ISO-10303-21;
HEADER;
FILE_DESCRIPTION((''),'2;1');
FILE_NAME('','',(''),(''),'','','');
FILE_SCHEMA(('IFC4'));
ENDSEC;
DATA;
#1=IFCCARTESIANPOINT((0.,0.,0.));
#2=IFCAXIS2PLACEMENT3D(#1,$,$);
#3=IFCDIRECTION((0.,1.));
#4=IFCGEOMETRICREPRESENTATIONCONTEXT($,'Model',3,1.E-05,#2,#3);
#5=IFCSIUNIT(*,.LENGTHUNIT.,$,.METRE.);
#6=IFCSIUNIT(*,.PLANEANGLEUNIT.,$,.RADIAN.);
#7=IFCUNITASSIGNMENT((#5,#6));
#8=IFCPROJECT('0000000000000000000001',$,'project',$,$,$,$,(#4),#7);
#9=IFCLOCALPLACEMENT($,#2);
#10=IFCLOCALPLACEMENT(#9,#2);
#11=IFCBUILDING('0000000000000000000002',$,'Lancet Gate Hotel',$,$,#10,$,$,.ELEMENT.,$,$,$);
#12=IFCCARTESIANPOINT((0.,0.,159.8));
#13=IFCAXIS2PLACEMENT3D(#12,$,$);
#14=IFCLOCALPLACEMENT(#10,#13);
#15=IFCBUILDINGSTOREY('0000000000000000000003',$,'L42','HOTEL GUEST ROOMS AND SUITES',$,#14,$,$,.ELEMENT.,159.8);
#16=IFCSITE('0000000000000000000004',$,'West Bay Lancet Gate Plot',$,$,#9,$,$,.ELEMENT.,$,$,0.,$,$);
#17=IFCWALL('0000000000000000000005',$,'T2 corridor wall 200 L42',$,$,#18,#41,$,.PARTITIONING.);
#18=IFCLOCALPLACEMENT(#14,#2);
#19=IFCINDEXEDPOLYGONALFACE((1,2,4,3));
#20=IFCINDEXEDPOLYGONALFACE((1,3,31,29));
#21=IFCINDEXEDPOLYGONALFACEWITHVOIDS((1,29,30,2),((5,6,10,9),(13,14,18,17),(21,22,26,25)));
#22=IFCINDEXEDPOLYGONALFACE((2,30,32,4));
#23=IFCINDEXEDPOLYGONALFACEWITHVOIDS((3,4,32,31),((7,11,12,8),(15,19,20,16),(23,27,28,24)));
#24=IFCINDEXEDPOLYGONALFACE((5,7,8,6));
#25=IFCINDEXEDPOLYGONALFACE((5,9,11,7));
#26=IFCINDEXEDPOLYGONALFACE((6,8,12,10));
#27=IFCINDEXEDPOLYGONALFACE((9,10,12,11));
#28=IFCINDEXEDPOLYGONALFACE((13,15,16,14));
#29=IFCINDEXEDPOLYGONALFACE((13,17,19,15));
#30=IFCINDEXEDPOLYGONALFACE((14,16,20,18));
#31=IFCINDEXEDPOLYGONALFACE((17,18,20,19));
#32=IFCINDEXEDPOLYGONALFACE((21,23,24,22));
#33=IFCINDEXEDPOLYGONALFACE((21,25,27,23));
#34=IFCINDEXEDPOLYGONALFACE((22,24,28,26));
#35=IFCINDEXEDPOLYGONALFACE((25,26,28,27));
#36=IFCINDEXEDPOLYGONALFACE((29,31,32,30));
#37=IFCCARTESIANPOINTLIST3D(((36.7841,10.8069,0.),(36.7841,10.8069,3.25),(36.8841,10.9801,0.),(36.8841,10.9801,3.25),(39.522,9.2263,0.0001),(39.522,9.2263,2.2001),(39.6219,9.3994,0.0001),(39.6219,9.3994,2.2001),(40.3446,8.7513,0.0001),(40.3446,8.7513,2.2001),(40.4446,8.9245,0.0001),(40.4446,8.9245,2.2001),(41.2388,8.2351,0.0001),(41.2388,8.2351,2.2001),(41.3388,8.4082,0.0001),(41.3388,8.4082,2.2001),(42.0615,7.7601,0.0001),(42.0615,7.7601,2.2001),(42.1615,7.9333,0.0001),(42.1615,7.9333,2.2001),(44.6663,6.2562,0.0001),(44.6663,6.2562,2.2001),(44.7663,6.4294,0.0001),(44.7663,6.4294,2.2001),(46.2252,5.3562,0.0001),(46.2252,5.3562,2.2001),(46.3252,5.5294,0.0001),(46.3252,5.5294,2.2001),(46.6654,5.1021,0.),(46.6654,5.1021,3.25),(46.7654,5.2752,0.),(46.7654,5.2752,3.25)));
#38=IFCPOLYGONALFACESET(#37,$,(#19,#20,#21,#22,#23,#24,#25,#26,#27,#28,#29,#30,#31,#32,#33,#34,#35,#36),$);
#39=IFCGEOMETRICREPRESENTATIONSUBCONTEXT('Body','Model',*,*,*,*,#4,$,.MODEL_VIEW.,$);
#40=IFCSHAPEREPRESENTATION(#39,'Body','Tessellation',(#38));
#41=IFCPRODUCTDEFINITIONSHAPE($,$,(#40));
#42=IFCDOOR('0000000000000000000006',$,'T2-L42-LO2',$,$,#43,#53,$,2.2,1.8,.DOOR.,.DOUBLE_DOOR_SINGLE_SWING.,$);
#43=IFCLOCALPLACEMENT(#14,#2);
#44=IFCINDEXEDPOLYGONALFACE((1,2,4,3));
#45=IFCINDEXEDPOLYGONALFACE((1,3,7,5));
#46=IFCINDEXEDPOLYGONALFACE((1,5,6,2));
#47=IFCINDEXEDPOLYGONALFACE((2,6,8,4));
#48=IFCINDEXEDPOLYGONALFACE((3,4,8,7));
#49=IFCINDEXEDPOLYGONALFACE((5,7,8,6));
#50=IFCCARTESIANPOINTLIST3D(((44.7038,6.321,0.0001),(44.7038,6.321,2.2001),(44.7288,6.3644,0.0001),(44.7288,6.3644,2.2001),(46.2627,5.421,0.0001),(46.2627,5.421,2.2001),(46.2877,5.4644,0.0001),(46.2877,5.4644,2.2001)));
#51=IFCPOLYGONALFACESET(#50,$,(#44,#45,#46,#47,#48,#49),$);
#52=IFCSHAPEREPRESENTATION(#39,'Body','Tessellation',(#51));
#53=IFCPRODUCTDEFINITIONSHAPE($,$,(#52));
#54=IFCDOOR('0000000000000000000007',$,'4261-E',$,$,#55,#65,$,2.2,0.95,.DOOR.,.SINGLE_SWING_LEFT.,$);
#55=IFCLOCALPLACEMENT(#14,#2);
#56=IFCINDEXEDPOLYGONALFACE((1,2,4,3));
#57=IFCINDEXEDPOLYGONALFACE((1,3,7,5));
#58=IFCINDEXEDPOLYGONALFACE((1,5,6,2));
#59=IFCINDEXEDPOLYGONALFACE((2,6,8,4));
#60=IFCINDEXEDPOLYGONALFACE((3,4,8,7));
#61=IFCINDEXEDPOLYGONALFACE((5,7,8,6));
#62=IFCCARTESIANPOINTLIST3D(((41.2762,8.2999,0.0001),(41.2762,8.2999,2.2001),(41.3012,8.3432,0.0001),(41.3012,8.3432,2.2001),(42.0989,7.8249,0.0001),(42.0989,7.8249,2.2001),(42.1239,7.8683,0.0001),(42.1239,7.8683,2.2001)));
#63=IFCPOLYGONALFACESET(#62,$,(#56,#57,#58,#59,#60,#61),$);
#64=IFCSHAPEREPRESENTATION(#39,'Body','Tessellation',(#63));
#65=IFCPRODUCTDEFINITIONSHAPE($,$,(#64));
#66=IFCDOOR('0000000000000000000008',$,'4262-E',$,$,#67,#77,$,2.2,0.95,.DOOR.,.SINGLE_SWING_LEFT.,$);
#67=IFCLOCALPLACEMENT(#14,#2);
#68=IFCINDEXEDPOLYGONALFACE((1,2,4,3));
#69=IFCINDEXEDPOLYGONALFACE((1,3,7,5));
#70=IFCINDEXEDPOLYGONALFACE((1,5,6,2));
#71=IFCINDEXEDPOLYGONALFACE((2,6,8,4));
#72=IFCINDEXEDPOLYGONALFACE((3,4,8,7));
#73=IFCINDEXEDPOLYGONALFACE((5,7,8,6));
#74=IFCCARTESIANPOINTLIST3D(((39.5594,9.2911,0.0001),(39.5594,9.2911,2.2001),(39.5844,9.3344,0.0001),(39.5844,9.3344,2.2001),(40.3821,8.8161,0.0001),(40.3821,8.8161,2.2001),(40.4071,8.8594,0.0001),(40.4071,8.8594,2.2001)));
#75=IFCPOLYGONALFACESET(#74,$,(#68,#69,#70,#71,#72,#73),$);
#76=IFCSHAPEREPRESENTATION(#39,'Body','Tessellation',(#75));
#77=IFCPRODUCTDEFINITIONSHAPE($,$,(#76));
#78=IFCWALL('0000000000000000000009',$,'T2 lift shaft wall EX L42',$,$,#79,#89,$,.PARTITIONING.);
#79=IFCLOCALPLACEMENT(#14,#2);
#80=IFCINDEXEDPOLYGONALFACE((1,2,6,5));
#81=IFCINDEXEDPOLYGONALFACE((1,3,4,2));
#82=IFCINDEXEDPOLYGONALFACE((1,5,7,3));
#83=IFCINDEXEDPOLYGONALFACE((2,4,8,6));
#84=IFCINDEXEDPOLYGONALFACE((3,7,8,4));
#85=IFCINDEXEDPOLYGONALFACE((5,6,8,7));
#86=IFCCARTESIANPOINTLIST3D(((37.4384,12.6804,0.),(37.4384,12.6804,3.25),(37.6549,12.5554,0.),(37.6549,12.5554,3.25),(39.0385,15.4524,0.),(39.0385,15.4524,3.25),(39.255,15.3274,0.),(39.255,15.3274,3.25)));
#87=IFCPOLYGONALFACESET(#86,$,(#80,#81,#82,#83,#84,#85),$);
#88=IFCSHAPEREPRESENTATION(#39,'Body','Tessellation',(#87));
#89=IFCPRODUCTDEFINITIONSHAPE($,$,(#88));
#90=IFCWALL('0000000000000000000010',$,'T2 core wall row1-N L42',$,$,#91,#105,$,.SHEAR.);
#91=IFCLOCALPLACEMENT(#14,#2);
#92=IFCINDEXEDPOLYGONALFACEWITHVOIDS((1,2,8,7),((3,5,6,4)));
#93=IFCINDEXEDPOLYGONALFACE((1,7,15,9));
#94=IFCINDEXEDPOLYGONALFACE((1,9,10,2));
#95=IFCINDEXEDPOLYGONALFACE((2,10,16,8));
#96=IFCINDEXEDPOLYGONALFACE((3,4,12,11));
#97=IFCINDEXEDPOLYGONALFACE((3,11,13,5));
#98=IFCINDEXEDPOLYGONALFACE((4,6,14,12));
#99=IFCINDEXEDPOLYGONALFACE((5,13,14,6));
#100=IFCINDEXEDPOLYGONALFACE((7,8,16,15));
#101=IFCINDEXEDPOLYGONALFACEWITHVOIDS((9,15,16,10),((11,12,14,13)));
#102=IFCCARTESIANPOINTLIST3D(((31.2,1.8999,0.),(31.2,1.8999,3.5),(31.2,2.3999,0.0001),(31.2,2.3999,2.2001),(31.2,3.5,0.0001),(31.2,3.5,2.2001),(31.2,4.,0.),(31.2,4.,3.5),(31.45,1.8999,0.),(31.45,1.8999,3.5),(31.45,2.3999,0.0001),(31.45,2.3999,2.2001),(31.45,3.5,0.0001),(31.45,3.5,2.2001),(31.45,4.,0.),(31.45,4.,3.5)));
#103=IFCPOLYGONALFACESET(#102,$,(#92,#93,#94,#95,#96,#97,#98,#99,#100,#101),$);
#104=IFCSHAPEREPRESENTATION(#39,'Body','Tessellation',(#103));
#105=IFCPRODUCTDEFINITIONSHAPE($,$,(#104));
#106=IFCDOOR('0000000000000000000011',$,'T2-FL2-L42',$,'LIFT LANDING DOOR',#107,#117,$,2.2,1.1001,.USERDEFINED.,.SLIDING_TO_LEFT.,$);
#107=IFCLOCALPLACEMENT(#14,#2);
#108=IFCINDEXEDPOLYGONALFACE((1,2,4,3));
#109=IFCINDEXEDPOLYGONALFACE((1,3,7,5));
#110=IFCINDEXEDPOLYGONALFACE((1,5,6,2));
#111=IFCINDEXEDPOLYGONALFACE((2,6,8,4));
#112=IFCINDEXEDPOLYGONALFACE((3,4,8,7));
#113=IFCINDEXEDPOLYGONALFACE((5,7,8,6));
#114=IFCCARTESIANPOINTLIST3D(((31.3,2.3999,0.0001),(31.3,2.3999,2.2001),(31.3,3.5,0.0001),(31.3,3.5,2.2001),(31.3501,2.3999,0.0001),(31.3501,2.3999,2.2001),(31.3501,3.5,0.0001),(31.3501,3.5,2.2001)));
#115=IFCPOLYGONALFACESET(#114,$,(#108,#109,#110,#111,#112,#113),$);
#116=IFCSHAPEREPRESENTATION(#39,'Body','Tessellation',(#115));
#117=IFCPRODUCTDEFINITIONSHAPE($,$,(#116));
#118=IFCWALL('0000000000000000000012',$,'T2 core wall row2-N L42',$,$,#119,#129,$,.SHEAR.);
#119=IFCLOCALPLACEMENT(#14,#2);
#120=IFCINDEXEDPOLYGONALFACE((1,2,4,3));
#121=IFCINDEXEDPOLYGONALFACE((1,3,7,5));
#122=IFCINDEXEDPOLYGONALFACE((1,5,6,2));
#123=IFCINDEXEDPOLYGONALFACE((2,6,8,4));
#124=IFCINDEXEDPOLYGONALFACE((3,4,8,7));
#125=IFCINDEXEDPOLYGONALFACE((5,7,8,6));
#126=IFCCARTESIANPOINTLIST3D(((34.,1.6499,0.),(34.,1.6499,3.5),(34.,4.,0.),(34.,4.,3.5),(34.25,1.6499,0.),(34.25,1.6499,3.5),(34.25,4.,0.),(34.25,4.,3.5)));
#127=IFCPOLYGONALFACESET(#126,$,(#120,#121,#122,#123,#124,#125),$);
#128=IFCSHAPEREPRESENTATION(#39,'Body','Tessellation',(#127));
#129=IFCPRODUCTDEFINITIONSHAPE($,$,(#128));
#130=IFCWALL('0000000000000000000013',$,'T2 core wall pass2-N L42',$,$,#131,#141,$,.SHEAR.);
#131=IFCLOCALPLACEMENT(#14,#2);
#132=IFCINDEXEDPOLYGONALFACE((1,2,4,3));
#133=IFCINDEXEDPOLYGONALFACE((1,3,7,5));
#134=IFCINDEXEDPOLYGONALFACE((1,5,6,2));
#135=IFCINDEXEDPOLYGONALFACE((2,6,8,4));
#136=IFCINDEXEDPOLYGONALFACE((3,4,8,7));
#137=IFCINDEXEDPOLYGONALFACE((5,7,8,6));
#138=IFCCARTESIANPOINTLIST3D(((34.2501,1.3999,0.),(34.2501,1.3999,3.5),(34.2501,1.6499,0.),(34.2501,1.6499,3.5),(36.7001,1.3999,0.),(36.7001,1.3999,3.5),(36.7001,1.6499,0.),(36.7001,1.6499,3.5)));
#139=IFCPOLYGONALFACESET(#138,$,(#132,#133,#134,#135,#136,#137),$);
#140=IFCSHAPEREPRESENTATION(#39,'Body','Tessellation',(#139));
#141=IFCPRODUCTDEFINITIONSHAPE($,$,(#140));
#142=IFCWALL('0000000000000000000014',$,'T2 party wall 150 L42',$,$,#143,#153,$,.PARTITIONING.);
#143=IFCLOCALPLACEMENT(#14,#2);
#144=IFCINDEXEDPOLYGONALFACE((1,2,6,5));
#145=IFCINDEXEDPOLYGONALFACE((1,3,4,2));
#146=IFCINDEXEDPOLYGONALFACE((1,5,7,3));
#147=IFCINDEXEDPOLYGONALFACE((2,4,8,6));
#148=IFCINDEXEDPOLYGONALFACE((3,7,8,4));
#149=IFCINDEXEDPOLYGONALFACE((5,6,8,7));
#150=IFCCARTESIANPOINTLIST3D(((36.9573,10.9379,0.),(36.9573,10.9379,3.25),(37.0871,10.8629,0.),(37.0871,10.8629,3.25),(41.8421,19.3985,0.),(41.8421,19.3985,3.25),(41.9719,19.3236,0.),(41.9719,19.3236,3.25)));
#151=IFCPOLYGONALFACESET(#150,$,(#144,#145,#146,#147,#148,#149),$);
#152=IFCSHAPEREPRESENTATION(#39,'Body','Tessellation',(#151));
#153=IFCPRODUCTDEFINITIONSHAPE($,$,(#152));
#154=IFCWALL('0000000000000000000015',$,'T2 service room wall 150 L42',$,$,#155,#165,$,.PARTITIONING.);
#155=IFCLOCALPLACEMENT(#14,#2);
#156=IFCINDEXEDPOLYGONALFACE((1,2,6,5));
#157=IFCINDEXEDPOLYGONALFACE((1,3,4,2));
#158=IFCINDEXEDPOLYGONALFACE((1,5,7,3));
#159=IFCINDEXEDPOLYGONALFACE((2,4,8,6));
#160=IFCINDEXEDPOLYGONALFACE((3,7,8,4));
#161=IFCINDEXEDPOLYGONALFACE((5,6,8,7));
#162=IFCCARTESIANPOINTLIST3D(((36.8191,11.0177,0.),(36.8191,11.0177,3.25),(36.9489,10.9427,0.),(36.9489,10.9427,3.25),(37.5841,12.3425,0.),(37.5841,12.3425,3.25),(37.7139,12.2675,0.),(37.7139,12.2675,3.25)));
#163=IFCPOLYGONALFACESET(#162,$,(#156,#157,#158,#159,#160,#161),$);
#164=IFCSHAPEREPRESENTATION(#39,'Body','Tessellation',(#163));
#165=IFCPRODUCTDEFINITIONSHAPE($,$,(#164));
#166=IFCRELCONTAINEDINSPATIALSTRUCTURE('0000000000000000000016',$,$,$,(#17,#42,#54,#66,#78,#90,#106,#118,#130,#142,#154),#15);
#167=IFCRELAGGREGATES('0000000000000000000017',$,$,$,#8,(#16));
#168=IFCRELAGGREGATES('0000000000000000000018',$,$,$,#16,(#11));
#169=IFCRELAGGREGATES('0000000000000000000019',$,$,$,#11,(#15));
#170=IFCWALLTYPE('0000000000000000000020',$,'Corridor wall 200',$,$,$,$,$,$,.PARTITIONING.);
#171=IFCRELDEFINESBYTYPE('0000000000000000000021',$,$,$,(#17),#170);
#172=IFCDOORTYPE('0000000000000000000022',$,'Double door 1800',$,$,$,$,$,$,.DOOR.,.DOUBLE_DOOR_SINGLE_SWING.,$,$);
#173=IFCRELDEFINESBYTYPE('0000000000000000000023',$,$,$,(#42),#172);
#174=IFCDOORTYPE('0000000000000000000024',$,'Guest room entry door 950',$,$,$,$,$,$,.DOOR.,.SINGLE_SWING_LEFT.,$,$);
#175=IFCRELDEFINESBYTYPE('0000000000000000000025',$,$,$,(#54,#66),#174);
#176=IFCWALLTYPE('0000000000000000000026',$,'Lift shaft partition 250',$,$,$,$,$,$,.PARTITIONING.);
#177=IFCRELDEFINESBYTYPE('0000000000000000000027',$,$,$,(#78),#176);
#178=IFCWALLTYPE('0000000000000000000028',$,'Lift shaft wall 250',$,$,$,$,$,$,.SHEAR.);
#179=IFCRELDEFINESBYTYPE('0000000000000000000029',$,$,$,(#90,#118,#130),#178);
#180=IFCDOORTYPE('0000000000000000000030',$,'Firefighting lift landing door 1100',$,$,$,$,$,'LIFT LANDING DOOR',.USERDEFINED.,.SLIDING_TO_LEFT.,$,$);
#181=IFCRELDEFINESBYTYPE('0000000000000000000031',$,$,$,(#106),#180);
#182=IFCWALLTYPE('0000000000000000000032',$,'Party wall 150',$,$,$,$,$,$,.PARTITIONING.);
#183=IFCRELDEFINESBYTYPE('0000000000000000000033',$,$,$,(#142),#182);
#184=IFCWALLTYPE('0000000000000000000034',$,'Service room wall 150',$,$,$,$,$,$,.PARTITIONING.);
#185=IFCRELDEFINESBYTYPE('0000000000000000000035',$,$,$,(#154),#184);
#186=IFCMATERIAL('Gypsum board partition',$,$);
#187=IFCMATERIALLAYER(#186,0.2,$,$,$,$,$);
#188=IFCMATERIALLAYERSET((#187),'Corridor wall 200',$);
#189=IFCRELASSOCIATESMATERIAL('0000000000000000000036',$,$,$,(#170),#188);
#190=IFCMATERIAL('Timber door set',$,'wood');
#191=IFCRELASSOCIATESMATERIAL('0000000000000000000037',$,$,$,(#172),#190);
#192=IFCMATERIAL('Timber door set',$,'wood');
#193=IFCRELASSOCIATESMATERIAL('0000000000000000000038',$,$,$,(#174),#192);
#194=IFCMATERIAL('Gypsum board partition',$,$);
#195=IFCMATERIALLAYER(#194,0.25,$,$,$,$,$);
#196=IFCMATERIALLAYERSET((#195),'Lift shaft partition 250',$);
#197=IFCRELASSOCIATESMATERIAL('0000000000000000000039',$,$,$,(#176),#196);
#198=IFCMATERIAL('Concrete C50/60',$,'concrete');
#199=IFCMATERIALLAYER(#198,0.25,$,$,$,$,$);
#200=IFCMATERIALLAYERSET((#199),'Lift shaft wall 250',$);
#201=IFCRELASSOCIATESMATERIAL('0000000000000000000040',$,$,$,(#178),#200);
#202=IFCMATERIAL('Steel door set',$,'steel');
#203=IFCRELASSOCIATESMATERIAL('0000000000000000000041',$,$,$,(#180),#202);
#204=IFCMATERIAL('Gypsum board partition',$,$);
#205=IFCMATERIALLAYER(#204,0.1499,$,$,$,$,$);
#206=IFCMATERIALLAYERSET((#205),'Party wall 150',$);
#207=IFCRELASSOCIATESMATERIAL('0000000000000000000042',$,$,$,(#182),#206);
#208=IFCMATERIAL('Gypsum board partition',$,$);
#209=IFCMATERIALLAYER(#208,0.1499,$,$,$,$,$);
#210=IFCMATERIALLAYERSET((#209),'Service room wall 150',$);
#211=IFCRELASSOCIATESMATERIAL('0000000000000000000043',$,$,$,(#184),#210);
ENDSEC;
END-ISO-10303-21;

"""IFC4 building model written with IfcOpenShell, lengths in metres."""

from ifc_helpers import new_model, si_unit, direction, frame, frame_2d, origin, place, context, subcontext, project, spatial, rectangle, extrude, material, layer, layer_set, type_object, element, fill, save


model = new_model("IFC4")

# Units and contexts
model_context = context("Model", 3, precision=1e-05, world=origin(), true_north=direction((0.0, 1.0)))
body_context = subcontext(model_context, "Body", "Model", "MODEL_VIEW")
ifc_project = project(units=[si_unit("LENGTHUNIT", "METRE"), si_unit("PLANEANGLEUNIT", "RADIAN")], contexts=[model_context])

# Site, building, storey
site_placement = place(None, origin())
site = spatial("IfcSite", under=ifc_project, at=site_placement, Name="West Bay Lancet Gate Plot", CompositionType="ELEMENT", RefElevation=0.0)
building_placement = place(site_placement, origin())
building = spatial("IfcBuilding", under=site, at=building_placement, Name="Lancet Gate Hotel", CompositionType="ELEMENT")
storey_placement = place(building_placement, frame((0.0, 0.0, 159.8)))
storey = spatial("IfcBuildingStorey", under=building, at=storey_placement, Name="L42", Description="HOTEL GUEST ROOMS AND SUITES", CompositionType="ELEMENT", Elevation=159.8)

# Wall, openings, doors
ifc_material_1 = material(Name="Gypsum board partition")
ifc_layer_1 = layer(ifc_material_1, 0.2)
ifc_layer_set_1 = layer_set([ifc_layer_1], Name="Corridor wall 200")
wall_type_1 = type_object("IfcWallType", Name="Corridor wall 200", PredefinedType="PARTITIONING", material=ifc_layer_set_1)
wall_1_placement = place(storey_placement, frame((36.834, 10.8936, 0.0), z_axis=(0.0, 0.0, 1.0), x_axis=(0.866032, -0.499989, 0.0)))
wall_1 = element("IfcWall", 1, at=wall_1_placement, inside=storey, type_object=wall_type_1, Name="T2 corridor wall 200 L42", PredefinedType="PARTITIONING", context=body_context, shape_type="SweptSolid", body=[
    extrude(rectangle(XDim=11.4099, YDim=0.2, at=frame_2d((5.7051, 0.0))), origin(), (0.0, 0.0, 1.0), 3.25),
])
opening_1_placement = place(wall_1_placement, frame((5.1438, 0.0, 0.0)))
opening_1 = element("IfcOpeningElement", 2, at=opening_1_placement, cuts=wall_1, PredefinedType="OPENING", context=body_context, shape_type="SweptSolid", body=[
    extrude(rectangle(XDim=0.95, YDim=2.2, at=frame_2d((0.4751, 1.1001))), frame((0.0, 0.1099, 0.0), z_axis=(0.0, -1.0, 0.0), x_axis=(1.0, 0.0, 0.0)), (0.0, 0.0, 1.0), 0.22),
])
opening_2_placement = place(wall_1_placement, frame((3.1614, 0.0, 0.0)))
opening_2 = element("IfcOpeningElement", 3, at=opening_2_placement, cuts=wall_1, PredefinedType="OPENING", context=body_context, shape_type="SweptSolid", body=[
    extrude(rectangle(XDim=0.95, YDim=2.2, at=frame_2d((0.4751, 1.1001))), frame((0.0, 0.1099, 0.0), z_axis=(0.0, -1.0, 0.0), x_axis=(1.0, 0.0, 0.0)), (0.0, 0.0, 1.0), 0.22),
])
opening_3_placement = place(wall_1_placement, frame((9.1018, 0.0, 0.0)))
opening_3 = element("IfcOpeningElement", 4, at=opening_3_placement, cuts=wall_1, PredefinedType="OPENING", context=body_context, shape_type="SweptSolid", body=[
    extrude(rectangle(XDim=1.8, YDim=2.2, at=frame_2d((0.8999, 1.1001))), frame((0.0, 0.1099, 0.0), z_axis=(0.0, -1.0, 0.0), x_axis=(1.0, 0.0, 0.0)), (0.0, 0.0, 1.0), 0.22),
])
ifc_material_2 = material(Name="Timber door set", Category="wood")
door_type_1 = type_object("IfcDoorType", Name="Double door 1800", OperationType="DOUBLE_DOOR_SINGLE_SWING", PredefinedType="DOOR", material=ifc_material_2)
door_1_placement = place(opening_3_placement, origin())
door_1 = element("IfcDoor", 5, at=door_1_placement, inside=storey, type_object=door_type_1, Name="T2-L42-LO2", OperationType="DOUBLE_DOOR_SINGLE_SWING", OverallHeight=2.2, OverallWidth=1.8, PredefinedType="DOOR", context=body_context, shape_type="SweptSolid", body=[
    extrude(rectangle(XDim=1.8, YDim=2.2, at=frame_2d((0.8999, 1.1001))), frame((0.0, 0.0249, 0.0), z_axis=(0.0, -1.0, 0.0), x_axis=(1.0, 0.0, 0.0)), (0.0, 0.0, 1.0), 0.05),
])
fill(opening_3, door_1)
ifc_material_3 = material(Name="Timber door set", Category="wood")
door_type_2 = type_object("IfcDoorType", Name="Guest room entry door 950", OperationType="SINGLE_SWING_LEFT", PredefinedType="DOOR", material=ifc_material_3)
door_2_placement = place(opening_1_placement, origin())
door_2 = element("IfcDoor", 6, at=door_2_placement, inside=storey, type_object=door_type_2, Name="4261-E", OperationType="SINGLE_SWING_LEFT", OverallHeight=2.2, OverallWidth=0.95, PredefinedType="DOOR", context=body_context, shape_type="SweptSolid", body=[
    extrude(rectangle(XDim=0.95, YDim=2.2, at=frame_2d((0.4751, 1.1001))), frame((0.0, 0.0249, 0.0), z_axis=(0.0, -1.0, 0.0), x_axis=(1.0, 0.0, 0.0)), (0.0, 0.0, 1.0), 0.05),
])
fill(opening_1, door_2)
door_3_placement = place(opening_2_placement, origin())
door_3 = element("IfcDoor", 7, at=door_3_placement, inside=storey, type_object=door_type_2, Name="4262-E", OperationType="SINGLE_SWING_LEFT", OverallHeight=2.2, OverallWidth=0.95, PredefinedType="DOOR", context=body_context, shape_type="SweptSolid", body=[
    extrude(rectangle(XDim=0.95, YDim=2.2, at=frame_2d((0.4751, 1.1001))), frame((0.0, 0.0249, 0.0), z_axis=(0.0, -1.0, 0.0), x_axis=(1.0, 0.0, 0.0)), (0.0, 0.0, 1.0), 0.05),
])
fill(opening_2, door_3)

# Wall
ifc_material_4 = material(Name="Gypsum board partition")
ifc_layer_2 = layer(ifc_material_4, 0.25)
ifc_layer_set_2 = layer_set([ifc_layer_2], Name="Lift shaft partition 250")
wall_type_2 = type_object("IfcWallType", Name="Lift shaft partition 250", PredefinedType="PARTITIONING", material=ifc_layer_set_2)
wall_2_placement = place(storey_placement, frame((37.5466, 12.6179, 0.0), z_axis=(0.0, 0.0, 1.0), x_axis=(0.499929, 0.866066, 0.0)))
element("IfcWall", 8, at=wall_2_placement, inside=storey, type_object=wall_type_2, Name="T2 lift shaft wall EX L42", PredefinedType="PARTITIONING", context=body_context, shape_type="SweptSolid", body=[
    extrude(rectangle(XDim=3.2007, YDim=0.25, at=frame_2d((1.6003, 0.0))), origin(), (0.0, 0.0, 1.0), 3.25),
])

# Wall, opening, door
ifc_material_5 = material(Name="Concrete C50/60", Category="concrete")
ifc_layer_3 = layer(ifc_material_5, 0.25)
ifc_layer_set_3 = layer_set([ifc_layer_3], Name="Lift shaft wall 250")
wall_type_3 = type_object("IfcWallType", Name="Lift shaft wall 250", PredefinedType="SHEAR", material=ifc_layer_set_3)
wall_3_placement = place(storey_placement, frame((31.325, 1.8999, 0.0), z_axis=(0.0, 0.0, 1.0), x_axis=(0.0, 1.0, 0.0)))
wall_3 = element("IfcWall", 9, at=wall_3_placement, inside=storey, type_object=wall_type_3, Name="T2 core wall row1-N L42", PredefinedType="SHEAR", context=body_context, shape_type="SweptSolid", body=[
    extrude(rectangle(XDim=2.1001, YDim=0.25, at=frame_2d((1.05, 0.0))), origin(), (0.0, 0.0, 1.0), 3.5),
])
opening_4_placement = place(wall_3_placement, frame((0.5, 0.0, 0.0)))
opening_4 = element("IfcOpeningElement", 10, at=opening_4_placement, cuts=wall_3, PredefinedType="OPENING", context=body_context, shape_type="SweptSolid", body=[
    extrude(rectangle(XDim=1.1001, YDim=2.2, at=frame_2d((0.55, 1.1001))), frame((0.0, 0.135, 0.0), z_axis=(0.0, -1.0, 0.0), x_axis=(1.0, 0.0, 0.0)), (0.0, 0.0, 1.0), 0.27),
])
ifc_material_6 = material(Name="Steel door set", Category="steel")
door_type_3 = type_object("IfcDoorType", Name="Firefighting lift landing door 1100", ElementType="LIFT LANDING DOOR", OperationType="SLIDING_TO_LEFT", PredefinedType="USERDEFINED", material=ifc_material_6)
door_4_placement = place(opening_4_placement, origin())
door_4 = element("IfcDoor", 11, at=door_4_placement, inside=storey, type_object=door_type_3, Name="T2-FL2-L42", ObjectType="LIFT LANDING DOOR", OperationType="SLIDING_TO_LEFT", OverallHeight=2.2, OverallWidth=1.1001, PredefinedType="USERDEFINED", context=body_context, shape_type="SweptSolid", body=[
    extrude(rectangle(XDim=1.1001, YDim=2.2, at=frame_2d((0.55, 1.1001))), frame((0.0, 0.0249, 0.0), z_axis=(0.0, -1.0, 0.0), x_axis=(1.0, 0.0, 0.0)), (0.0, 0.0, 1.0), 0.05),
])
fill(opening_4, door_4)

# Walls
wall_4_placement = place(storey_placement, frame((34.125, 1.6499, 0.0), z_axis=(0.0, 0.0, 1.0), x_axis=(0.0, 1.0, 0.0)))
element("IfcWall", 12, at=wall_4_placement, inside=storey, type_object=wall_type_3, Name="T2 core wall row2-N L42", PredefinedType="SHEAR", context=body_context, shape_type="SweptSolid", body=[
    extrude(rectangle(XDim=2.3501, YDim=0.25, at=frame_2d((1.175, 0.0))), origin(), (0.0, 0.0, 1.0), 3.5),
])
wall_5_placement = place(storey_placement, frame((34.25, 1.5249, 0.0), z_axis=(0.0, 0.0, 1.0), x_axis=(1.0, 0.0, 0.0)))
element("IfcWall", 13, at=wall_5_placement, inside=storey, type_object=wall_type_3, Name="T2 core wall pass2-N L42", PredefinedType="SHEAR", context=body_context, shape_type="SweptSolid", body=[
    extrude(rectangle(XDim=2.45, YDim=0.25, at=frame_2d((1.2251, 0.0))), origin(), (0.0, 0.0, 1.0), 3.5),
])
ifc_material_7 = material(Name="Gypsum board partition")
ifc_layer_4 = layer(ifc_material_7, 0.1499)
ifc_layer_set_4 = layer_set([ifc_layer_4], Name="Party wall 150")
wall_type_4 = type_object("IfcWallType", Name="Party wall 150", PredefinedType="PARTITIONING", material=ifc_layer_set_4)
wall_6_placement = place(storey_placement, frame((37.0222, 10.9004, 0.0), z_axis=(0.0, 0.0, 1.0), x_axis=(0.499999, 0.866026, 0.0)))
element("IfcWall", 14, at=wall_6_placement, inside=storey, type_object=wall_type_4, Name="T2 party wall 150 L42", PredefinedType="PARTITIONING", context=body_context, shape_type="SweptSolid", body=[
    extrude(rectangle(XDim=9.7695, YDim=0.1499, at=frame_2d((4.8848, 0.0))), origin(), (0.0, 0.0, 1.0), 3.25),
])
ifc_material_8 = material(Name="Gypsum board partition")
ifc_layer_5 = layer(ifc_material_8, 0.1499)
ifc_layer_set_5 = layer_set([ifc_layer_5], Name="Service room wall 150")
wall_type_5 = type_object("IfcWallType", Name="Service room wall 150", PredefinedType="PARTITIONING", material=ifc_layer_set_5)
wall_7_placement = place(storey_placement, frame((36.884, 10.9802, 0.0), z_axis=(0.0, 0.0, 1.0), x_axis=(0.500036, 0.866005, 0.0)))
element("IfcWall", 15, at=wall_7_placement, inside=storey, type_object=wall_type_5, Name="T2 service room wall 150 L42", PredefinedType="PARTITIONING", context=body_context, shape_type="SweptSolid", body=[
    extrude(rectangle(XDim=1.5298, YDim=0.1499, at=frame_2d((0.7649, 0.0))), origin(), (0.0, 0.0, 1.0), 3.25),
])

save(model, "model.ifc")
